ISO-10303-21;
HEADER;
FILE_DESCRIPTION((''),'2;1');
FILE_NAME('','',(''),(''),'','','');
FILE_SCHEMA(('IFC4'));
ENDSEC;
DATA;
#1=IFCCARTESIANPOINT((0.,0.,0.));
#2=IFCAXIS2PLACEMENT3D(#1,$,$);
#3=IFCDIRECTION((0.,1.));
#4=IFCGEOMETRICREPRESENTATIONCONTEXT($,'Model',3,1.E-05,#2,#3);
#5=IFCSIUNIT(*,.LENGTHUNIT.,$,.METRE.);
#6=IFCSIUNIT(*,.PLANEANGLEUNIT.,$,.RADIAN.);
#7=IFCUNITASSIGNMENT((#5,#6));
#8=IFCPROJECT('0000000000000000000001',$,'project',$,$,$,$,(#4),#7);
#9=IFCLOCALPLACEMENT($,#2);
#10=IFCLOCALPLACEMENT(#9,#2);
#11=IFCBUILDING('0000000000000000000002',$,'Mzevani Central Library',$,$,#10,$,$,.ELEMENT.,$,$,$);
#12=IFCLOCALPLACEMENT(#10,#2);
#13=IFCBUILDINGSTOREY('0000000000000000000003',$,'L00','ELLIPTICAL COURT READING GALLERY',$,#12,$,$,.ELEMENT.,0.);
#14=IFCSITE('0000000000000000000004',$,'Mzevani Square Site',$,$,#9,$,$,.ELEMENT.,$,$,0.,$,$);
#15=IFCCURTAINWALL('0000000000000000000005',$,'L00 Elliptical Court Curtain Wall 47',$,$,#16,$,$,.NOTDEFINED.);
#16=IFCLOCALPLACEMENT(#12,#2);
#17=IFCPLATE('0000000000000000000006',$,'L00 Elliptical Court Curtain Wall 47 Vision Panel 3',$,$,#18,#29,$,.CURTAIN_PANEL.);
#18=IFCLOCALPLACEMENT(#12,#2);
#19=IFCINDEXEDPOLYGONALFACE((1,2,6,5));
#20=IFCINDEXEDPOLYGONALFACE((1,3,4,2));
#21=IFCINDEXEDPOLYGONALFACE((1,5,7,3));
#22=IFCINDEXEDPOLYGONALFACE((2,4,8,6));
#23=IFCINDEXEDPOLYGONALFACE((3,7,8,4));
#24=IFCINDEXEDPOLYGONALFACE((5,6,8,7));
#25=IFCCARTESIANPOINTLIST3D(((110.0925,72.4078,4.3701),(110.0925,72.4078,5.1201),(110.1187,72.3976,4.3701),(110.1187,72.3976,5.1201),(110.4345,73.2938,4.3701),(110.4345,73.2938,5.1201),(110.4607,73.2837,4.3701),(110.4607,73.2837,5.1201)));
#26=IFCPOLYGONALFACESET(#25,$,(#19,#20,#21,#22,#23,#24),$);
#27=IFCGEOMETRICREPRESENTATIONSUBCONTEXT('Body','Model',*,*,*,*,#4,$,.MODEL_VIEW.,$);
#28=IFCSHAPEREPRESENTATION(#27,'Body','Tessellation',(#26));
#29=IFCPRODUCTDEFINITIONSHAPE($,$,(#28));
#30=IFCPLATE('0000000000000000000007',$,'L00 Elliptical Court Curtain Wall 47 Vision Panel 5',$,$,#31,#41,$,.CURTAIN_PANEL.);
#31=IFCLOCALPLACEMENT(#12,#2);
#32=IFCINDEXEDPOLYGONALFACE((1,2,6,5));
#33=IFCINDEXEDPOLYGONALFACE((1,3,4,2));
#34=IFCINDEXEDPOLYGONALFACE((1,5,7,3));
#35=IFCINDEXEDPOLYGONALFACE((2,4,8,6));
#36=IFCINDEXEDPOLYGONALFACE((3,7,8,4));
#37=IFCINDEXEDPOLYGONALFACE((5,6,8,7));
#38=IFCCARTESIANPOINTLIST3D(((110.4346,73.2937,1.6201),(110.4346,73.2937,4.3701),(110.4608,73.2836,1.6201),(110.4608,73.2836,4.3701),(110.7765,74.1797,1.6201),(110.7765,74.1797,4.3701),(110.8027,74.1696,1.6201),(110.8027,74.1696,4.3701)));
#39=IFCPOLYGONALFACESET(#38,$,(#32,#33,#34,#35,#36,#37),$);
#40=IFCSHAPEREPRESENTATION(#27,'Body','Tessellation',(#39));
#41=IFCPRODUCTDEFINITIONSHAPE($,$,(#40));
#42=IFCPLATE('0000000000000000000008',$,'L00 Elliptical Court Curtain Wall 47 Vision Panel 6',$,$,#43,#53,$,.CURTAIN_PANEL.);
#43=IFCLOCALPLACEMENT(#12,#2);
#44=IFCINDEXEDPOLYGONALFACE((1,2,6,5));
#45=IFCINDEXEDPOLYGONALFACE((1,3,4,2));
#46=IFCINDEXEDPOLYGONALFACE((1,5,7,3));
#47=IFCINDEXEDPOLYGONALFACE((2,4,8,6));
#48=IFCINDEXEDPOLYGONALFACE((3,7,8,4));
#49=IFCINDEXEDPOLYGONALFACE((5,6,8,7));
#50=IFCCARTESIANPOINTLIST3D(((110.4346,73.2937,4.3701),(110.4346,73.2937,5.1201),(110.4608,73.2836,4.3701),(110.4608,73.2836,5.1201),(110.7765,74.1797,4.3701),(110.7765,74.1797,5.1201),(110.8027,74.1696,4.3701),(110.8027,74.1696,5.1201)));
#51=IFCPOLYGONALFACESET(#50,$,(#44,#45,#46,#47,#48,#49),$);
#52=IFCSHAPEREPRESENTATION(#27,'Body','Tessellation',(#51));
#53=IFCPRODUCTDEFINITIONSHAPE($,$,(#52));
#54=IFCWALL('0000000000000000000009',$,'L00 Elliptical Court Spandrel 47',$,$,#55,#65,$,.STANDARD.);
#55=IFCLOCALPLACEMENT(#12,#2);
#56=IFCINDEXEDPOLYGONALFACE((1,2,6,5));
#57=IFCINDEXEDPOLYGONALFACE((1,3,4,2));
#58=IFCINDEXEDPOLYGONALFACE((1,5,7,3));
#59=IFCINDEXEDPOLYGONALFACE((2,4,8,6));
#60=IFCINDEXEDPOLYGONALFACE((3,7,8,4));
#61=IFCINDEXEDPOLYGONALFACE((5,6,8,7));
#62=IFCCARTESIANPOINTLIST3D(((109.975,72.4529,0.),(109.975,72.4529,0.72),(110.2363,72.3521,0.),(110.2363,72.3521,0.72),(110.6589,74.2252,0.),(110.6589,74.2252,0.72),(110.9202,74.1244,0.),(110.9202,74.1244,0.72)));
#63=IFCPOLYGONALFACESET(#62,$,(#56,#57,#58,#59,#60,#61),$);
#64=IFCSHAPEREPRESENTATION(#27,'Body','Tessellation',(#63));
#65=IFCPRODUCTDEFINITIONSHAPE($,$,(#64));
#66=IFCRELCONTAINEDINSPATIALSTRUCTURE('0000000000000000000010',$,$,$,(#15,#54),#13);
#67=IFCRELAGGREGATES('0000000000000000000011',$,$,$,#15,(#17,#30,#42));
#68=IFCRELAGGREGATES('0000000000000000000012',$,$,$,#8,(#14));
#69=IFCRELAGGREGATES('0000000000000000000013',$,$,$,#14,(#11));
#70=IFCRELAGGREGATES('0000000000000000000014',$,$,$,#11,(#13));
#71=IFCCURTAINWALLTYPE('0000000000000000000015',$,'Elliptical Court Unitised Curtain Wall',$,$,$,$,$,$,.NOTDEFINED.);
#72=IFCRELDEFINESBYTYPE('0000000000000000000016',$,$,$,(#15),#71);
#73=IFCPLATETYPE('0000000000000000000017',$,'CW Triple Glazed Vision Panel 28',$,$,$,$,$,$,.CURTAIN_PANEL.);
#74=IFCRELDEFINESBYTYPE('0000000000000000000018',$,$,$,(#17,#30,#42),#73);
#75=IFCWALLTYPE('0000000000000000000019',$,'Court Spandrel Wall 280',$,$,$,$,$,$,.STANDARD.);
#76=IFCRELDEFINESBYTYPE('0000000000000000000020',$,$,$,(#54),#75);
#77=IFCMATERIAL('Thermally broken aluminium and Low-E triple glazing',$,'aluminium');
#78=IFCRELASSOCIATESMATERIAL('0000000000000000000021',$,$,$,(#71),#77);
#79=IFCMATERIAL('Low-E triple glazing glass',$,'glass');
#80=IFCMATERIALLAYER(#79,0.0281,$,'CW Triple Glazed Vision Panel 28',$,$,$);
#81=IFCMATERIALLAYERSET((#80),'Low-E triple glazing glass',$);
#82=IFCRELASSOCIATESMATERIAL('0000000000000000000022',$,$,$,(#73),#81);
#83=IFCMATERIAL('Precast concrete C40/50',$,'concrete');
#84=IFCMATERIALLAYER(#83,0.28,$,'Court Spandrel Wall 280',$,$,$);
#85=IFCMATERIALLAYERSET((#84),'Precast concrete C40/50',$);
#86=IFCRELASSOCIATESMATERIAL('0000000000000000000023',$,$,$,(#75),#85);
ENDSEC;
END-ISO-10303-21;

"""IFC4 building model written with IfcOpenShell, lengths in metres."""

from ifc_helpers import new_model, si_unit, direction, frame, frame_2d, origin, origin_2d, place, context, subcontext, project, spatial, rectangle, extrude, material, layer, layer_set, type_object, element, aggregate, save


model = new_model("IFC4")

# Units and contexts
model_context = context("Model", 3, precision=1e-05, world=origin(), true_north=direction((0.0, 1.0)))
body_context = subcontext(model_context, "Body", "Model", "MODEL_VIEW")
ifc_project = project(units=[si_unit("LENGTHUNIT", "METRE"), si_unit("PLANEANGLEUNIT", "RADIAN")], contexts=[model_context])

# Site, building, storey
site_placement = place(None, origin())
site = spatial("IfcSite", under=ifc_project, at=site_placement, Name="Mzevani Square Site", CompositionType="ELEMENT", RefElevation=0.0)
building_placement = place(site_placement, origin())
building = spatial("IfcBuilding", under=site, at=building_placement, Name="Mzevani Central Library", CompositionType="ELEMENT")
storey_placement = place(building_placement, origin())
storey = spatial("IfcBuildingStorey", under=building, at=storey_placement, Name="L00", Description="ELLIPTICAL COURT READING GALLERY", CompositionType="ELEMENT", Elevation=0.0)

# Shared definitions
ifc_material_1 = material(Name="Thermally broken aluminium and Low-E triple glazing", Category="aluminium")

# Shared definitions
curtain_wall_type_1 = type_object("IfcCurtainWallType", Name="Elliptical Court Unitised Curtain Wall", PredefinedType="NOTDEFINED", material=ifc_material_1)

# Curtain wall
curtain_wall_1_placement = place(storey_placement, origin())
curtain_wall_1 = element("IfcCurtainWall", 1, at=curtain_wall_1_placement, inside=storey, type_object=curtain_wall_type_1, Name="L00 Elliptical Court Curtain Wall 47", PredefinedType="NOTDEFINED")

# Plates
ifc_material_2 = material(Name="Low-E triple glazing glass", Category="glass")
ifc_layer_1 = layer(ifc_material_2, 0.0281, Name="CW Triple Glazed Vision Panel 28")
ifc_layer_set_1 = layer_set([ifc_layer_1], Name="Low-E triple glazing glass")
plate_type_1 = type_object("IfcPlateType", Name="CW Triple Glazed Vision Panel 28", PredefinedType="CURTAIN_PANEL", material=ifc_layer_set_1)
plate_1_placement = place(storey_placement, frame((110.2766, 72.8457, 4.3701), z_axis=(0.0, 0.0, 1.0), x_axis=(0.360062, 0.932928, 0.0)))
plate_1 = element("IfcPlate", 2, at=plate_1_placement, type_object=plate_type_1, Name="L00 Elliptical Court Curtain Wall 47 Vision Panel 3", PredefinedType="CURTAIN_PANEL", context=body_context, shape_type="SweptSolid", body=[
    extrude(rectangle(XDim=0.9497, YDim=0.0281, at=origin_2d()), origin(), (0.0, 0.0, 1.0), 0.75),
])
plate_2_placement = place(storey_placement, frame((110.6187, 73.7317, 1.6201), z_axis=(0.0, 0.0, 1.0), x_axis=(0.360062, 0.932928, 0.0)))
plate_2 = element("IfcPlate", 3, at=plate_2_placement, type_object=plate_type_1, Name="L00 Elliptical Court Curtain Wall 47 Vision Panel 5", PredefinedType="CURTAIN_PANEL", context=body_context, shape_type="SweptSolid", body=[
    extrude(rectangle(XDim=0.9497, YDim=0.0281, at=origin_2d()), origin(), (0.0, 0.0, 1.0), 2.75),
])
plate_3_placement = place(storey_placement, frame((110.6187, 73.7317, 4.3701), z_axis=(0.0, 0.0, 1.0), x_axis=(0.360062, 0.932928, 0.0)))
plate_3 = element("IfcPlate", 4, at=plate_3_placement, type_object=plate_type_1, Name="L00 Elliptical Court Curtain Wall 47 Vision Panel 6", PredefinedType="CURTAIN_PANEL", context=body_context, shape_type="SweptSolid", body=[
    extrude(rectangle(XDim=0.9497, YDim=0.0281, at=origin_2d()), origin(), (0.0, 0.0, 1.0), 0.75),
])
aggregate(curtain_wall_1, [plate_1, plate_2, plate_3])

# Wall
ifc_material_3 = material(Name="Precast concrete C40/50", Category="concrete")
ifc_layer_2 = layer(ifc_material_3, 0.28, Name="Court Spandrel Wall 280")
ifc_layer_set_2 = layer_set([ifc_layer_2], Name="Precast concrete C40/50")
wall_type = type_object("IfcWallType", Name="Court Spandrel Wall 280", PredefinedType="STANDARD", material=ifc_layer_set_2)
wall_placement = place(storey_placement, frame((110.1057, 72.4026, 0.0), z_axis=(0.0, 0.0, 1.0), x_axis=(0.359995, 0.932954, 0.0)))
element("IfcWall", 5, at=wall_placement, inside=storey, type_object=wall_type, Name="L00 Elliptical Court Spandrel 47", PredefinedType="STANDARD", context=body_context, shape_type="SweptSolid", body=[
    extrude(rectangle(XDim=1.8997, YDim=0.28, at=frame_2d((0.9497, 0.0))), origin(), (0.0, 0.0, 1.0), 0.72),
])

save(model, "model.ifc")
